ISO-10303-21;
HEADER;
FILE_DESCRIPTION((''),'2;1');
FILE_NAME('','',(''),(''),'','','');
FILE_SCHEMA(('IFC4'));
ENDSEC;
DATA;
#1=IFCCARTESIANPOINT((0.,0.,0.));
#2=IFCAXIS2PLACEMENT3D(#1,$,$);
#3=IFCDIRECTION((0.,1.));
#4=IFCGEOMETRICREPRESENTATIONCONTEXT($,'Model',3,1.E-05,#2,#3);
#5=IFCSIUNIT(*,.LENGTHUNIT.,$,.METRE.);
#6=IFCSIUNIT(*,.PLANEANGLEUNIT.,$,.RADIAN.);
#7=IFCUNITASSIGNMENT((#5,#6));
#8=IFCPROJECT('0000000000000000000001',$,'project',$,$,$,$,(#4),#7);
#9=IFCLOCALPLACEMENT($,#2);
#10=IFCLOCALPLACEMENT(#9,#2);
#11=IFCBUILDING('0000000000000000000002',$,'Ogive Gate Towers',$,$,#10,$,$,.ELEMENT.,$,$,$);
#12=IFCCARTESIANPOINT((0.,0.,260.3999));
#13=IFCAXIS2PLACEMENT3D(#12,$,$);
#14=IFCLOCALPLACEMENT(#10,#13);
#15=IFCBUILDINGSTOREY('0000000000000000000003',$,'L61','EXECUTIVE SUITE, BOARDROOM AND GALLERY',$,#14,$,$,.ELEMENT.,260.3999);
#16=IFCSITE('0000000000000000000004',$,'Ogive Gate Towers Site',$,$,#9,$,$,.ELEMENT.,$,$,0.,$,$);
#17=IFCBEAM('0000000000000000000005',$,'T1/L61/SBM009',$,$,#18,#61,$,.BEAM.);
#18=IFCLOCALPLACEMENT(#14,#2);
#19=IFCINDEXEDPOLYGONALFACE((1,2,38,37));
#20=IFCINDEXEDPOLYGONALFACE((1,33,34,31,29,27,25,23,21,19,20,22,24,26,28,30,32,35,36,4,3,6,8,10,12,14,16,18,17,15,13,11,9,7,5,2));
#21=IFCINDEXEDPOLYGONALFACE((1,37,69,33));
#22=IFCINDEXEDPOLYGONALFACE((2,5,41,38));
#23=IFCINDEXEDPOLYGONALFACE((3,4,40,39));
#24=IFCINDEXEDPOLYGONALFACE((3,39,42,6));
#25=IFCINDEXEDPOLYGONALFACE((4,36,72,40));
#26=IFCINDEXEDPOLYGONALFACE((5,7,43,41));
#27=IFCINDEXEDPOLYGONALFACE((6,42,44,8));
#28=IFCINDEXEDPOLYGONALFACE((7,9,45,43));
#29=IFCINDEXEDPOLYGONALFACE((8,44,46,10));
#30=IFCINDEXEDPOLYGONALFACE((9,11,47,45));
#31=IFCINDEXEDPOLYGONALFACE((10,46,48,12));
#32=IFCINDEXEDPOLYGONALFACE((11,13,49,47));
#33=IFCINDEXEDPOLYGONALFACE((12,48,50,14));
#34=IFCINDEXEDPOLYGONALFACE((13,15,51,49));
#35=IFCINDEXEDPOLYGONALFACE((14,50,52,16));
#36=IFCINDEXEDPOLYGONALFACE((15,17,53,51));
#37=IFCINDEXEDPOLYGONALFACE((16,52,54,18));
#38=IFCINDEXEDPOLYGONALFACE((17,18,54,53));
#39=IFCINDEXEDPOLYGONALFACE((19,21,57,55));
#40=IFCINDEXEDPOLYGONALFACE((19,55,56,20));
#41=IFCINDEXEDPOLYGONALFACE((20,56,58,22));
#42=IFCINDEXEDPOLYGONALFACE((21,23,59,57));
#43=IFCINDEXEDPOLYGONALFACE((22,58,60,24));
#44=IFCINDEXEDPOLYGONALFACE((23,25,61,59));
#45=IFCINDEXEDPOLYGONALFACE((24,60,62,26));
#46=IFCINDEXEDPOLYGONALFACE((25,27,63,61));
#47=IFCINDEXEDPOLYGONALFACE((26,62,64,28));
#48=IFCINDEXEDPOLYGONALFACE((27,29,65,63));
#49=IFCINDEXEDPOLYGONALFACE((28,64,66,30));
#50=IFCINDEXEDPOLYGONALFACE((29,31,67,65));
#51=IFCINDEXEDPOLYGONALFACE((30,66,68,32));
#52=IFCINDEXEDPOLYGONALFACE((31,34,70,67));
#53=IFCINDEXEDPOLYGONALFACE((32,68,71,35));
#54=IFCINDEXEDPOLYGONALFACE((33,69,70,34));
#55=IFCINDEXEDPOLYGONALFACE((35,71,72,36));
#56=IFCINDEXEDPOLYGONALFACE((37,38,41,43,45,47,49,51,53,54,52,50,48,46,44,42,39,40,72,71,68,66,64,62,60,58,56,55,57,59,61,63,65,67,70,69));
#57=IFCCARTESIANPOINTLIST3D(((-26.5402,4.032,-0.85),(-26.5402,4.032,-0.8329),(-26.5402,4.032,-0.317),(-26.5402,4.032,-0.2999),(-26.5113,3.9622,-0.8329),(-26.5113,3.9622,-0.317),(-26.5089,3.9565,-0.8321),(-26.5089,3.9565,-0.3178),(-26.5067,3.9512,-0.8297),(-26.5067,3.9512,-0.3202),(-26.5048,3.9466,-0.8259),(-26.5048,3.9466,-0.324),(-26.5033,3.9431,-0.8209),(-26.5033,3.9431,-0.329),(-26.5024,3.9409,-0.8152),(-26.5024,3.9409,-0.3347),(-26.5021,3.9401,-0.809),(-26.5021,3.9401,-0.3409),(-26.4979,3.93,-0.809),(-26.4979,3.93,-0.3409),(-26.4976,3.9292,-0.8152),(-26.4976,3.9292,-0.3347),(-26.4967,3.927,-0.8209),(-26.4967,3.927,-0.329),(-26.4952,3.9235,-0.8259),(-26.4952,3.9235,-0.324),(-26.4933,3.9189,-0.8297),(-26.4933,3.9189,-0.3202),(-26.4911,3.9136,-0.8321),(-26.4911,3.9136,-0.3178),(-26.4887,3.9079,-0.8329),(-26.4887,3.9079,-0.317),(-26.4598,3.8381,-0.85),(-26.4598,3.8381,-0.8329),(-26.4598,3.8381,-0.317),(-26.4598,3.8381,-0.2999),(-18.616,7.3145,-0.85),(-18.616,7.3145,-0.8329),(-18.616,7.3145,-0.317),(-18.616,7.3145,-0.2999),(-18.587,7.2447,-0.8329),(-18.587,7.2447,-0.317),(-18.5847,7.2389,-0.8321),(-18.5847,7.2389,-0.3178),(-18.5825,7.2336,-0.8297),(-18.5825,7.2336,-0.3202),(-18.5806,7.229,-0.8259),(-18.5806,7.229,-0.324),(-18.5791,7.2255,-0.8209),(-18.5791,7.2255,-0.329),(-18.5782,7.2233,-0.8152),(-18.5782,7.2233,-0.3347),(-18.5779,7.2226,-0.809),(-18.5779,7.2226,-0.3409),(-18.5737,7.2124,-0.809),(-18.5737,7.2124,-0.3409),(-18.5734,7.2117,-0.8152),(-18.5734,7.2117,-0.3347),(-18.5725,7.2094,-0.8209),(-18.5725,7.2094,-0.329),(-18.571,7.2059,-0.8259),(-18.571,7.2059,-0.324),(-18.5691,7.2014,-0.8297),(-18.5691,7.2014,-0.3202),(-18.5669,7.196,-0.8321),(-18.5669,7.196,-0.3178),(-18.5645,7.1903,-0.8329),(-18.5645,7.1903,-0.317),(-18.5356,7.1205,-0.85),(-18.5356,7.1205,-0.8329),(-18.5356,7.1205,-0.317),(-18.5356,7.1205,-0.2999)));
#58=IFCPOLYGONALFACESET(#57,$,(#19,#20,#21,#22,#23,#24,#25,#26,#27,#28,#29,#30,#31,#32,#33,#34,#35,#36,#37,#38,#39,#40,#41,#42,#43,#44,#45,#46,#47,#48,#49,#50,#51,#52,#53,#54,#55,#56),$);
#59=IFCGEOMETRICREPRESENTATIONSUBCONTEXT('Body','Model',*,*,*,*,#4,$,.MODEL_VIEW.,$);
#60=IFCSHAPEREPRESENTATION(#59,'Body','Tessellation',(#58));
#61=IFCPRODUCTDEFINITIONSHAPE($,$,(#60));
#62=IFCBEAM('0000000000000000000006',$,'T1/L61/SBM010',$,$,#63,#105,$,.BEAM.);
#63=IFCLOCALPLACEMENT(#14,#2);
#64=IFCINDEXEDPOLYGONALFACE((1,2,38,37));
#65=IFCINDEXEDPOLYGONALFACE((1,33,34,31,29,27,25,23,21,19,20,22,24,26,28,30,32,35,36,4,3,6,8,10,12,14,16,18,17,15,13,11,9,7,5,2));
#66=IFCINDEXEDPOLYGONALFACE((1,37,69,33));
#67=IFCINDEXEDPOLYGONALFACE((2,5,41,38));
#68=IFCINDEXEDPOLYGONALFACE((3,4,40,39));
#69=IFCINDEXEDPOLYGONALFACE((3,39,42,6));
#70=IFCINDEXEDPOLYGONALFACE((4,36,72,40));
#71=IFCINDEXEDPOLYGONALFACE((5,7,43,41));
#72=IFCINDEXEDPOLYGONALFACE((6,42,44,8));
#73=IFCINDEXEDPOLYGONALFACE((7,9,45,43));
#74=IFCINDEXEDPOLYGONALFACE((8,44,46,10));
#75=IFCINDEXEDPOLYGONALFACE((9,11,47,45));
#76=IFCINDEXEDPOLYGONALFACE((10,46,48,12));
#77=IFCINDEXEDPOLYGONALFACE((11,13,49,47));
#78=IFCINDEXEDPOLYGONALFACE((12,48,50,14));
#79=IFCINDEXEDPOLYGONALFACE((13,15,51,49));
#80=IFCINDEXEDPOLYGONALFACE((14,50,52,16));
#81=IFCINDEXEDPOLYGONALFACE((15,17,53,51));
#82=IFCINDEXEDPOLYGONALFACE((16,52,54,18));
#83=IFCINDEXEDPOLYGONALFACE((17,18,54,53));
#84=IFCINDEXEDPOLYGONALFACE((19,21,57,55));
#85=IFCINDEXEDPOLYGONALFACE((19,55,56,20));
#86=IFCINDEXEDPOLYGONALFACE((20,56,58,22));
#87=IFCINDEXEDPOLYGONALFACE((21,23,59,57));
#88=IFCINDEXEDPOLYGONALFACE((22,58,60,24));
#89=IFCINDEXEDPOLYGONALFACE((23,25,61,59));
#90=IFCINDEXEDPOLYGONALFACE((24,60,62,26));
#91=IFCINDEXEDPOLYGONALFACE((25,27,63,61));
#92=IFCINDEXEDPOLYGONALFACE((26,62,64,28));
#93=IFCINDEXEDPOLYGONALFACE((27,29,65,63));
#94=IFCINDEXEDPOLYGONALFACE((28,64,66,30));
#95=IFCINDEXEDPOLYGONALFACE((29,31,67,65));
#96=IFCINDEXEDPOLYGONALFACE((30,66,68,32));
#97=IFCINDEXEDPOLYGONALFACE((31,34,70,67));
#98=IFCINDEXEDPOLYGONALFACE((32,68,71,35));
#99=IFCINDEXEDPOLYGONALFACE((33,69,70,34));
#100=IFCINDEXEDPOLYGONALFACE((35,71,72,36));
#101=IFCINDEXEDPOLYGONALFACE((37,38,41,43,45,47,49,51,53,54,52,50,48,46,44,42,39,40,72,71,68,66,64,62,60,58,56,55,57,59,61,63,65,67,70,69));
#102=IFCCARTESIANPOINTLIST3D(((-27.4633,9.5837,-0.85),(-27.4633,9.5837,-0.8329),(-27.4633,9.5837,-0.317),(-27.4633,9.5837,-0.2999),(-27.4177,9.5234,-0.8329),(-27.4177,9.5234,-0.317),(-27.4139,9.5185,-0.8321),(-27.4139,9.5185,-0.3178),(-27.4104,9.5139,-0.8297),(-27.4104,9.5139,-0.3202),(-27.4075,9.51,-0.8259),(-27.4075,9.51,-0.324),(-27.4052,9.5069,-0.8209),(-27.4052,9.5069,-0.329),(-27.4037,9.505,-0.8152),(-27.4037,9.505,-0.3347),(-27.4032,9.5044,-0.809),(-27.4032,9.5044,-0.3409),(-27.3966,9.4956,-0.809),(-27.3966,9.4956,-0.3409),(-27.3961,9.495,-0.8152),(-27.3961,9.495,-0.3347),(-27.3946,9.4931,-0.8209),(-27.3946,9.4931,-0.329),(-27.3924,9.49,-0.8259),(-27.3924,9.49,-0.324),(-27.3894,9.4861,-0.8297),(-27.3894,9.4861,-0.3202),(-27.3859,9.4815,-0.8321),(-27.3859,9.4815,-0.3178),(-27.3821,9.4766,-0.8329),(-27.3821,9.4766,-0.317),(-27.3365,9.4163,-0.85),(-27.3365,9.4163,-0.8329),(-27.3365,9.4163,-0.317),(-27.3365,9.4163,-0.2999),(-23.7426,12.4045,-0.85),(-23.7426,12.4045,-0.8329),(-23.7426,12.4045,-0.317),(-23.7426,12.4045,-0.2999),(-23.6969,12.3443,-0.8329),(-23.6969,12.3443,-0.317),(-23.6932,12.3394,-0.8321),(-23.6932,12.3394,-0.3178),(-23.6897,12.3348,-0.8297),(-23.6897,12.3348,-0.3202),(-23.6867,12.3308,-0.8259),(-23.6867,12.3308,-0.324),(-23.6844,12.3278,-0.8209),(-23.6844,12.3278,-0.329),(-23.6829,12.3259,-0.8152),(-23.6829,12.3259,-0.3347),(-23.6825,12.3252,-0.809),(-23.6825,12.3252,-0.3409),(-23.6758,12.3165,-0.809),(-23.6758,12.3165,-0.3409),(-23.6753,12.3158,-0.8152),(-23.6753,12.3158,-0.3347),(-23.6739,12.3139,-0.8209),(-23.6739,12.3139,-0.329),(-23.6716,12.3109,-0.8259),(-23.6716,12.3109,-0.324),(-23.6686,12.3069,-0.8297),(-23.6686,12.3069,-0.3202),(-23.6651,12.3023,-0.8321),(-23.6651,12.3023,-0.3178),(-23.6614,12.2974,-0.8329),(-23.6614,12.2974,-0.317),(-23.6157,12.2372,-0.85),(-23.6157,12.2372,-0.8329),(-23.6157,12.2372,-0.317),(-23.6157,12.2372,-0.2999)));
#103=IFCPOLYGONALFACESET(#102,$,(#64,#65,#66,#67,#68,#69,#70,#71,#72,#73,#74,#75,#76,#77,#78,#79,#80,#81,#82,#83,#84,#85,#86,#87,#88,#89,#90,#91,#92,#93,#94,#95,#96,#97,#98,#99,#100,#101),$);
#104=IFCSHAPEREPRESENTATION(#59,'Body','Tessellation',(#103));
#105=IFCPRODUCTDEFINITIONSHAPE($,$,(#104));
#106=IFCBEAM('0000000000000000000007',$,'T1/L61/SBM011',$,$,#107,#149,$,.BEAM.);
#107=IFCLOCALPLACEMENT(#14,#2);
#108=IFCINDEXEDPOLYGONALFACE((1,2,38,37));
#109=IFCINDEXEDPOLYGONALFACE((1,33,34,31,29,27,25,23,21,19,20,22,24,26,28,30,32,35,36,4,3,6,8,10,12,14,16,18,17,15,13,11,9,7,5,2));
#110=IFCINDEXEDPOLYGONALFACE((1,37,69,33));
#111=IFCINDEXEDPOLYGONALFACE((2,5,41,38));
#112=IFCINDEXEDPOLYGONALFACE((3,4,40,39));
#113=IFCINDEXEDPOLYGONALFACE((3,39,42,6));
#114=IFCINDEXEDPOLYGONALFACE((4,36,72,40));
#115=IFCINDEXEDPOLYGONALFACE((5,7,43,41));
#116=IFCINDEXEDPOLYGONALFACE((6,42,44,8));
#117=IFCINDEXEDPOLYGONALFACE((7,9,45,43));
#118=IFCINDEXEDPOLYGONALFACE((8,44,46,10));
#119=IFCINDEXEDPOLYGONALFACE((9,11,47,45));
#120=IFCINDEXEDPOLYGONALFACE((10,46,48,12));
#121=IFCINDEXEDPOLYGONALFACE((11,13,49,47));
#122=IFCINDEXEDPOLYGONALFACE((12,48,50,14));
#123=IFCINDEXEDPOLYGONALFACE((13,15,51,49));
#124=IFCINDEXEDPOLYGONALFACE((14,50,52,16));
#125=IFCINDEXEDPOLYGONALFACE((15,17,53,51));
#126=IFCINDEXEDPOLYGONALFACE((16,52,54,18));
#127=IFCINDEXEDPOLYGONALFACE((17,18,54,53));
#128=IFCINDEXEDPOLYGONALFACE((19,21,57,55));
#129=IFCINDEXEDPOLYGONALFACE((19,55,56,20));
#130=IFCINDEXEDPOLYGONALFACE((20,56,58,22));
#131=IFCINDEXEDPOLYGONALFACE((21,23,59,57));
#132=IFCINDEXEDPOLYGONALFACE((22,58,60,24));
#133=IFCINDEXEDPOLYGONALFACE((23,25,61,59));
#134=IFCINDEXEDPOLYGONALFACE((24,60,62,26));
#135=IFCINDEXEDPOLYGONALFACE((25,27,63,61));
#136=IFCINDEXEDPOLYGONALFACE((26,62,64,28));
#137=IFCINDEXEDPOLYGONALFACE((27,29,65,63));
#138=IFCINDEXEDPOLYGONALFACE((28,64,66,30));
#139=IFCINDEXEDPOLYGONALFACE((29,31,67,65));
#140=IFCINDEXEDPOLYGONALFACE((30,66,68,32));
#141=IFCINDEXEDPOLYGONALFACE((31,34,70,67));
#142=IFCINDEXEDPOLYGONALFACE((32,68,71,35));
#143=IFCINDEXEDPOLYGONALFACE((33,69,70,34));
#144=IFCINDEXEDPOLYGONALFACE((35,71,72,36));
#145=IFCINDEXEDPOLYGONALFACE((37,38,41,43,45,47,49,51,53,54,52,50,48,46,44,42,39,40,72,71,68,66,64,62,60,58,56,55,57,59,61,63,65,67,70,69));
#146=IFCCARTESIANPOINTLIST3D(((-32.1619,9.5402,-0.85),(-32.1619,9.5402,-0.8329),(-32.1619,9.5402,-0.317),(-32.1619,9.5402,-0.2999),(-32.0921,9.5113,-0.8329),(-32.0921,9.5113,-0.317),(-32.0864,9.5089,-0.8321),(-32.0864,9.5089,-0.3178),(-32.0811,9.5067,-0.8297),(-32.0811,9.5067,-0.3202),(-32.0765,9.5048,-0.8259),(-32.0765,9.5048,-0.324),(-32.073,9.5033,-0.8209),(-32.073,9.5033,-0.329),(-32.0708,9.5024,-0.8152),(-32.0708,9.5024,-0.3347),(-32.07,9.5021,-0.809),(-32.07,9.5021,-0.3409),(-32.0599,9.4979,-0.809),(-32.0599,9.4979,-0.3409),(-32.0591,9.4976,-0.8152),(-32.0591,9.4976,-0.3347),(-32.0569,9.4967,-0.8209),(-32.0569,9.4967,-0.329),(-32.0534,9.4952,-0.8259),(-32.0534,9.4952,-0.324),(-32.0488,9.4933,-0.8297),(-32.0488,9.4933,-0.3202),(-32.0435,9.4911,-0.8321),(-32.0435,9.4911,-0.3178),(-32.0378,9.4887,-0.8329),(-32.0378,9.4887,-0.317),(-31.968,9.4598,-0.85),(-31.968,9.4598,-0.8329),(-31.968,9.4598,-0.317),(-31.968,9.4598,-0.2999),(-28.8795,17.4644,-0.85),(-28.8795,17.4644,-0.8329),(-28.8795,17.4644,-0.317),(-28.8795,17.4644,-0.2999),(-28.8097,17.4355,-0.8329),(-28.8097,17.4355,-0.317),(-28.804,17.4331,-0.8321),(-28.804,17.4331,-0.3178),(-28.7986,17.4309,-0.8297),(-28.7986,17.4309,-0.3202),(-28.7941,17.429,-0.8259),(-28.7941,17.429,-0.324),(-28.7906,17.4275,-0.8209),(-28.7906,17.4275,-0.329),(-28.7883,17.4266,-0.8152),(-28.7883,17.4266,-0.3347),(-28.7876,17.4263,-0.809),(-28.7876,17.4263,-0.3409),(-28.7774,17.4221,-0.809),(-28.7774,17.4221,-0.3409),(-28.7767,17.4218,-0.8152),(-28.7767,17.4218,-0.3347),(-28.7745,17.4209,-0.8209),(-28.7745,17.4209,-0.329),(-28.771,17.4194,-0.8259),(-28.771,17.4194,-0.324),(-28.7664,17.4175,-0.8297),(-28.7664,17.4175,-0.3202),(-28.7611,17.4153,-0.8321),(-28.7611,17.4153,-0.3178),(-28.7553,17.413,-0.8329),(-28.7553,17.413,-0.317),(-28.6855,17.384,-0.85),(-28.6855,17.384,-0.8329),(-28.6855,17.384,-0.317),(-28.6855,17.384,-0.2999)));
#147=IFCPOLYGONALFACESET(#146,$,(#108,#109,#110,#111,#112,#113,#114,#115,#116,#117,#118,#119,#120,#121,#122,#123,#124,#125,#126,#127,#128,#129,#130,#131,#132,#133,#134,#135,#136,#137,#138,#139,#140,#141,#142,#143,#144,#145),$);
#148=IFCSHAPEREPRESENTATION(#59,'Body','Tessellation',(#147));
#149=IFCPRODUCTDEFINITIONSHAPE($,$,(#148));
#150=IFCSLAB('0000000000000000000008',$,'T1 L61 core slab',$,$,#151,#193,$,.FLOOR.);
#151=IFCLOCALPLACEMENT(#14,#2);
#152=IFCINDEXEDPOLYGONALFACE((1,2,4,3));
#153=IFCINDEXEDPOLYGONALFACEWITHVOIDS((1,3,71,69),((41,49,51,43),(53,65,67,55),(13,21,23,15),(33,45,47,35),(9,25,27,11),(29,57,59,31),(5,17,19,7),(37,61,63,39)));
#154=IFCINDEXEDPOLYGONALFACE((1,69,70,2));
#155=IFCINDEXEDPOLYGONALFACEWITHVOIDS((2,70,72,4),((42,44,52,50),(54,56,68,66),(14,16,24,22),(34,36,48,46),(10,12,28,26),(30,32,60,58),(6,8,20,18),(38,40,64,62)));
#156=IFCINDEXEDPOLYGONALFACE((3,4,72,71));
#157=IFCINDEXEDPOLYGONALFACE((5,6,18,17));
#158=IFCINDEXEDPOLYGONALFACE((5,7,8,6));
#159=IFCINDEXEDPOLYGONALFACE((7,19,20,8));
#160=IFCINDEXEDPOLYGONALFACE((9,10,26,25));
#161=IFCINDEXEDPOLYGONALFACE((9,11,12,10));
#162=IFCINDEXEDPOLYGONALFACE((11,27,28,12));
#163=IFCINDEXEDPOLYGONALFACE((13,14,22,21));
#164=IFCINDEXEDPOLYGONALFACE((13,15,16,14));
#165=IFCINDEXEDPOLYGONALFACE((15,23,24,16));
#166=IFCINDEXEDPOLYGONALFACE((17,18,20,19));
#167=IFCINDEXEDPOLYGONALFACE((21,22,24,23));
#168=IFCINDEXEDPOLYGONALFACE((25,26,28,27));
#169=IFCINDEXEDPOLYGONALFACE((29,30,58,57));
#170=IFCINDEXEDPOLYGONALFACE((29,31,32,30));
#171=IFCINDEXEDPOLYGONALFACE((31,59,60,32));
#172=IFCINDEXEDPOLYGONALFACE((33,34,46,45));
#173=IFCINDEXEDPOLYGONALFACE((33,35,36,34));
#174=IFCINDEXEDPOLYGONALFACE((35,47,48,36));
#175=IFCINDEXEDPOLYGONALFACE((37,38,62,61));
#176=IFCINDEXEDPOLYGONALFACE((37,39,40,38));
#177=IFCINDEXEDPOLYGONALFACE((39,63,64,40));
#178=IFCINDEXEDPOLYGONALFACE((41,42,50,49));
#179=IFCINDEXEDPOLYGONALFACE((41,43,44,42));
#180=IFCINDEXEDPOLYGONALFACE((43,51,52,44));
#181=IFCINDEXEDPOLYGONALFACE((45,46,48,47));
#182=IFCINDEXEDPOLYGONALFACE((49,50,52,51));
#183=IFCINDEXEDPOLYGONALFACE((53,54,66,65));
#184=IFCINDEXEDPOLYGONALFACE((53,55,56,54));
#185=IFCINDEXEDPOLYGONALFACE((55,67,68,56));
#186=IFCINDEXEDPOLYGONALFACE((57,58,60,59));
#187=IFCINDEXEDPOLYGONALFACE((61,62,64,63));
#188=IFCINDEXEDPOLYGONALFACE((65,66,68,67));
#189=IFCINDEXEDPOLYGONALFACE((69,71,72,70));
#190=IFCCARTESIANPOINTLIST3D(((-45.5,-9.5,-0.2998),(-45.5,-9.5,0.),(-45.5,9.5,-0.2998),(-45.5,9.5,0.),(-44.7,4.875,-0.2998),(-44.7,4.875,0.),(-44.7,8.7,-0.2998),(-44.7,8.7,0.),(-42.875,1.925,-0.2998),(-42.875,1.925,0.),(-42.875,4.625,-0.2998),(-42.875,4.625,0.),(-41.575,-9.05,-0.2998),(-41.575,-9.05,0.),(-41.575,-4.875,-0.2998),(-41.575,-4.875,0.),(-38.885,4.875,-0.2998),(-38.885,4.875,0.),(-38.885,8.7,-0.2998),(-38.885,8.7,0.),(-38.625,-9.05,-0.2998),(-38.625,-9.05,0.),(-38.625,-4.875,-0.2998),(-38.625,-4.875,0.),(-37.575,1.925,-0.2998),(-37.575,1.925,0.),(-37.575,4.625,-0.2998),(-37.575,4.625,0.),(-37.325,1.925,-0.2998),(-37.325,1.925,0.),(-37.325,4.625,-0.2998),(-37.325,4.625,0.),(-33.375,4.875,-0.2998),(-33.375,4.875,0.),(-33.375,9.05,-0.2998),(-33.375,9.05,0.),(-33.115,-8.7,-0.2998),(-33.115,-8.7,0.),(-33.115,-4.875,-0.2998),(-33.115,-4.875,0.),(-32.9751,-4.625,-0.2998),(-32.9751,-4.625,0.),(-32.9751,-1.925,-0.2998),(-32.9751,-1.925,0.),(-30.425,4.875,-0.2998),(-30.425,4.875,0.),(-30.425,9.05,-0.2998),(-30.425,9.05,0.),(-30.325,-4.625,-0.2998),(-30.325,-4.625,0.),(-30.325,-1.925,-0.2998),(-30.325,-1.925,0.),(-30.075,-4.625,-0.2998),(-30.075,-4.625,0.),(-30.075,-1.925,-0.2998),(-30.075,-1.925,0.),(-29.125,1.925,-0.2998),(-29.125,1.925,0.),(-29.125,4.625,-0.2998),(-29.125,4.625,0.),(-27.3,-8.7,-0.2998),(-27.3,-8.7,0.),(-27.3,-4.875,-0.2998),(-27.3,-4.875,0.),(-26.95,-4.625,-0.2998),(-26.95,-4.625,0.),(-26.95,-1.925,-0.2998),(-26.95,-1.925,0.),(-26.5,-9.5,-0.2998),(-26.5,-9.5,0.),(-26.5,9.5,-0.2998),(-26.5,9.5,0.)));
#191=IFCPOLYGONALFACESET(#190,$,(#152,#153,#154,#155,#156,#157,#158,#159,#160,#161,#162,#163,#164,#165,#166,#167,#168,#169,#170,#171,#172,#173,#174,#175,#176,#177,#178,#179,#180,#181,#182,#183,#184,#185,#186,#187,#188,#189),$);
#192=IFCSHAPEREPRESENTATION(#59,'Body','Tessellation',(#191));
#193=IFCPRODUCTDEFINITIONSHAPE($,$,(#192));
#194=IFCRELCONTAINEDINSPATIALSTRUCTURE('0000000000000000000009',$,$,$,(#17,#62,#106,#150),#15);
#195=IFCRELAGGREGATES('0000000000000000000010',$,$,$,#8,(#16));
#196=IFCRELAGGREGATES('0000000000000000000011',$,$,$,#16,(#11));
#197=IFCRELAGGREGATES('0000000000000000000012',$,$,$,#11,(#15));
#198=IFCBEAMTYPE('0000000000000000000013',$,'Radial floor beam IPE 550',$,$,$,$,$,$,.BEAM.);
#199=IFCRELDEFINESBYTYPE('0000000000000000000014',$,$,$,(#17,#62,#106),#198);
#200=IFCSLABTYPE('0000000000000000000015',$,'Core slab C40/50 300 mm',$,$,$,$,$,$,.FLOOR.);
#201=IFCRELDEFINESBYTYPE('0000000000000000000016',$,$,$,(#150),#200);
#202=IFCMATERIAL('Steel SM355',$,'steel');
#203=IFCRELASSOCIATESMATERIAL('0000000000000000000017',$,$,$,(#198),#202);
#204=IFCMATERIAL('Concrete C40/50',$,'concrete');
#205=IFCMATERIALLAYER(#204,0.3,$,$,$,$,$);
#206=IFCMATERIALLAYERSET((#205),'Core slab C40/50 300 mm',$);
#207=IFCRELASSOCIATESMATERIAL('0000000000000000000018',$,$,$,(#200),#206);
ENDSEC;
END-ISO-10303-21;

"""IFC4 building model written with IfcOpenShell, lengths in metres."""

from ifc_helpers import new_model, si_unit, direction, frame, origin, origin_2d, place, context, subcontext, project, spatial, polyline, i_section, outline, extrude, material, layer, layer_set, material_profile, profile_set, type_object, element, save


model = new_model("IFC4")

# Units and contexts
model_context = context("Model", 3, precision=1e-05, world=origin(), true_north=direction((0.0, 1.0)))
body_context = subcontext(model_context, "Body", "Model", "MODEL_VIEW")
ifc_project = project(units=[si_unit("LENGTHUNIT", "METRE"), si_unit("PLANEANGLEUNIT", "RADIAN")], contexts=[model_context])

# Site, building, storey
site_placement = place(None, origin())
site = spatial("IfcSite", under=ifc_project, at=site_placement, Name="Ogive Gate Towers Site", CompositionType="ELEMENT", RefElevation=0.0)
building_placement = place(site_placement, origin())
building = spatial("IfcBuilding", under=site, at=building_placement, Name="Ogive Gate Towers", CompositionType="ELEMENT")
storey_placement = place(building_placement, frame((0.0, 0.0, 260.3999)))
storey = spatial("IfcBuildingStorey", under=building, at=storey_placement, Name="L61", Description="EXECUTIVE SUITE, BOARDROOM AND GALLERY", CompositionType="ELEMENT", Elevation=260.3999)

# Beams
ifc_material_1 = material(Name="Steel SM355", Category="steel")
ifc_material_profile_1 = material_profile(ifc_material_1, i_section(OverallWidth=0.21, OverallDepth=0.55, WebThickness=0.011, FlangeThickness=0.0171, FilletRadius=0.0239, at=origin_2d()), Name="IPE 550")
ifc_profile_set_1 = profile_set([ifc_material_profile_1], Name="Steel SM355")
beam_type_1 = type_object("IfcBeamType", Name="Radial floor beam IPE 550", PredefinedType="BEAM", material=ifc_profile_set_1)
beam_1_placement = place(storey_placement, frame((-26.5, 3.9351, -0.575), z_axis=(0.923875, 0.382695, 0.0), x_axis=(-0.382695, 0.923875, 0.0)))
element("IfcBeam", 1, at=beam_1_placement, inside=storey, type_object=beam_type_1, Name="T1/L61/SBM009", PredefinedType="BEAM", context=body_context, shape_type="SweptSolid", body=[
    extrude(i_section(OverallWidth=0.21, OverallDepth=0.55, WebThickness=0.011, FlangeThickness=0.0171, FilletRadius=0.0239, at=origin_2d()), origin(), (0.0, 0.0, 1.0), 8.5771),
])
beam_2_placement = place(storey_placement, frame((-27.3999, 9.5, -0.575), z_axis=(0.796877, 0.604142, 0.0), x_axis=(-0.604142, 0.796877, 0.0)))
element("IfcBeam", 2, at=beam_2_placement, inside=storey, type_object=beam_type_1, Name="T1/L61/SBM010", PredefinedType="BEAM", context=body_context, shape_type="SweptSolid", body=[
    extrude(i_section(OverallWidth=0.21, OverallDepth=0.55, WebThickness=0.011, FlangeThickness=0.0171, FilletRadius=0.0239, at=origin_2d()), origin(), (0.0, 0.0, 1.0), 4.6692),
])
beam_3_placement = place(storey_placement, frame((-32.0649, 9.5, -0.575), z_axis=(0.382695, 0.923875, 0.0), x_axis=(-0.923875, 0.382695, 0.0)))
element("IfcBeam", 3, at=beam_3_placement, inside=storey, type_object=beam_type_1, Name="T1/L61/SBM011", PredefinedType="BEAM", context=body_context, shape_type="SweptSolid", body=[
    extrude(i_section(OverallWidth=0.21, OverallDepth=0.55, WebThickness=0.011, FlangeThickness=0.0171, FilletRadius=0.0239, at=origin_2d()), origin(), (0.0, 0.0, 1.0), 8.5771),
])

# Slab
ifc_material_2 = material(Name="Concrete C40/50", Category="concrete")
ifc_layer_1 = layer(ifc_material_2, 0.3)
ifc_layer_set_1 = layer_set([ifc_layer_1], Name="Core slab C40/50 300 mm")
slab_type_1 = type_object("IfcSlabType", Name="Core slab C40/50 300 mm", PredefinedType="FLOOR", material=ifc_layer_set_1)
slab_1_placement = place(storey_placement, frame((0.0, 0.0, -0.2998)))
element("IfcSlab", 4, at=slab_1_placement, inside=storey, type_object=slab_type_1, Name="T1 L61 core slab", PredefinedType="FLOOR", context=body_context, shape_type="SweptSolid", body=[
    extrude(outline(polyline([(-45.5, -9.5), (-45.5, 9.5), (-26.5, 9.5), (-26.5, -9.5), (-45.5, -9.5)]), holes=[polyline([(-42.875, 1.925), (-37.575, 1.925), (-37.575, 4.625), (-42.875, 4.625), (-42.875, 1.925)]), polyline([(-37.325, 4.625), (-37.325, 1.925), (-29.125, 1.925), (-29.125, 4.625), (-37.325, 4.625)]), polyline([(-30.325, -1.925), (-32.9751, -1.925), (-32.9751, -4.625), (-30.325, -4.625), (-30.325, -1.925)]), polyline([(-26.95, -4.625), (-26.95, -1.925), (-30.075, -1.925), (-30.075, -4.625), (-26.95, -4.625)]), polyline([(-33.375, 4.875), (-30.425, 4.875), (-30.425, 9.05), (-33.375, 9.05), (-33.375, 4.875)]), polyline([(-41.575, -4.875), (-41.575, -9.05), (-38.625, -9.05), (-38.625, -4.875), (-41.575, -4.875)]), polyline([(-44.7, 4.875), (-38.885, 4.875), (-38.885, 8.7), (-44.7, 8.7), (-44.7, 4.875)]), polyline([(-27.3, -8.7), (-27.3, -4.875), (-33.115, -4.875), (-33.115, -8.7), (-27.3, -8.7)])]), origin(), (0.0, 0.0, 1.0), 0.2998),
])

save(model, "model.ifc")
